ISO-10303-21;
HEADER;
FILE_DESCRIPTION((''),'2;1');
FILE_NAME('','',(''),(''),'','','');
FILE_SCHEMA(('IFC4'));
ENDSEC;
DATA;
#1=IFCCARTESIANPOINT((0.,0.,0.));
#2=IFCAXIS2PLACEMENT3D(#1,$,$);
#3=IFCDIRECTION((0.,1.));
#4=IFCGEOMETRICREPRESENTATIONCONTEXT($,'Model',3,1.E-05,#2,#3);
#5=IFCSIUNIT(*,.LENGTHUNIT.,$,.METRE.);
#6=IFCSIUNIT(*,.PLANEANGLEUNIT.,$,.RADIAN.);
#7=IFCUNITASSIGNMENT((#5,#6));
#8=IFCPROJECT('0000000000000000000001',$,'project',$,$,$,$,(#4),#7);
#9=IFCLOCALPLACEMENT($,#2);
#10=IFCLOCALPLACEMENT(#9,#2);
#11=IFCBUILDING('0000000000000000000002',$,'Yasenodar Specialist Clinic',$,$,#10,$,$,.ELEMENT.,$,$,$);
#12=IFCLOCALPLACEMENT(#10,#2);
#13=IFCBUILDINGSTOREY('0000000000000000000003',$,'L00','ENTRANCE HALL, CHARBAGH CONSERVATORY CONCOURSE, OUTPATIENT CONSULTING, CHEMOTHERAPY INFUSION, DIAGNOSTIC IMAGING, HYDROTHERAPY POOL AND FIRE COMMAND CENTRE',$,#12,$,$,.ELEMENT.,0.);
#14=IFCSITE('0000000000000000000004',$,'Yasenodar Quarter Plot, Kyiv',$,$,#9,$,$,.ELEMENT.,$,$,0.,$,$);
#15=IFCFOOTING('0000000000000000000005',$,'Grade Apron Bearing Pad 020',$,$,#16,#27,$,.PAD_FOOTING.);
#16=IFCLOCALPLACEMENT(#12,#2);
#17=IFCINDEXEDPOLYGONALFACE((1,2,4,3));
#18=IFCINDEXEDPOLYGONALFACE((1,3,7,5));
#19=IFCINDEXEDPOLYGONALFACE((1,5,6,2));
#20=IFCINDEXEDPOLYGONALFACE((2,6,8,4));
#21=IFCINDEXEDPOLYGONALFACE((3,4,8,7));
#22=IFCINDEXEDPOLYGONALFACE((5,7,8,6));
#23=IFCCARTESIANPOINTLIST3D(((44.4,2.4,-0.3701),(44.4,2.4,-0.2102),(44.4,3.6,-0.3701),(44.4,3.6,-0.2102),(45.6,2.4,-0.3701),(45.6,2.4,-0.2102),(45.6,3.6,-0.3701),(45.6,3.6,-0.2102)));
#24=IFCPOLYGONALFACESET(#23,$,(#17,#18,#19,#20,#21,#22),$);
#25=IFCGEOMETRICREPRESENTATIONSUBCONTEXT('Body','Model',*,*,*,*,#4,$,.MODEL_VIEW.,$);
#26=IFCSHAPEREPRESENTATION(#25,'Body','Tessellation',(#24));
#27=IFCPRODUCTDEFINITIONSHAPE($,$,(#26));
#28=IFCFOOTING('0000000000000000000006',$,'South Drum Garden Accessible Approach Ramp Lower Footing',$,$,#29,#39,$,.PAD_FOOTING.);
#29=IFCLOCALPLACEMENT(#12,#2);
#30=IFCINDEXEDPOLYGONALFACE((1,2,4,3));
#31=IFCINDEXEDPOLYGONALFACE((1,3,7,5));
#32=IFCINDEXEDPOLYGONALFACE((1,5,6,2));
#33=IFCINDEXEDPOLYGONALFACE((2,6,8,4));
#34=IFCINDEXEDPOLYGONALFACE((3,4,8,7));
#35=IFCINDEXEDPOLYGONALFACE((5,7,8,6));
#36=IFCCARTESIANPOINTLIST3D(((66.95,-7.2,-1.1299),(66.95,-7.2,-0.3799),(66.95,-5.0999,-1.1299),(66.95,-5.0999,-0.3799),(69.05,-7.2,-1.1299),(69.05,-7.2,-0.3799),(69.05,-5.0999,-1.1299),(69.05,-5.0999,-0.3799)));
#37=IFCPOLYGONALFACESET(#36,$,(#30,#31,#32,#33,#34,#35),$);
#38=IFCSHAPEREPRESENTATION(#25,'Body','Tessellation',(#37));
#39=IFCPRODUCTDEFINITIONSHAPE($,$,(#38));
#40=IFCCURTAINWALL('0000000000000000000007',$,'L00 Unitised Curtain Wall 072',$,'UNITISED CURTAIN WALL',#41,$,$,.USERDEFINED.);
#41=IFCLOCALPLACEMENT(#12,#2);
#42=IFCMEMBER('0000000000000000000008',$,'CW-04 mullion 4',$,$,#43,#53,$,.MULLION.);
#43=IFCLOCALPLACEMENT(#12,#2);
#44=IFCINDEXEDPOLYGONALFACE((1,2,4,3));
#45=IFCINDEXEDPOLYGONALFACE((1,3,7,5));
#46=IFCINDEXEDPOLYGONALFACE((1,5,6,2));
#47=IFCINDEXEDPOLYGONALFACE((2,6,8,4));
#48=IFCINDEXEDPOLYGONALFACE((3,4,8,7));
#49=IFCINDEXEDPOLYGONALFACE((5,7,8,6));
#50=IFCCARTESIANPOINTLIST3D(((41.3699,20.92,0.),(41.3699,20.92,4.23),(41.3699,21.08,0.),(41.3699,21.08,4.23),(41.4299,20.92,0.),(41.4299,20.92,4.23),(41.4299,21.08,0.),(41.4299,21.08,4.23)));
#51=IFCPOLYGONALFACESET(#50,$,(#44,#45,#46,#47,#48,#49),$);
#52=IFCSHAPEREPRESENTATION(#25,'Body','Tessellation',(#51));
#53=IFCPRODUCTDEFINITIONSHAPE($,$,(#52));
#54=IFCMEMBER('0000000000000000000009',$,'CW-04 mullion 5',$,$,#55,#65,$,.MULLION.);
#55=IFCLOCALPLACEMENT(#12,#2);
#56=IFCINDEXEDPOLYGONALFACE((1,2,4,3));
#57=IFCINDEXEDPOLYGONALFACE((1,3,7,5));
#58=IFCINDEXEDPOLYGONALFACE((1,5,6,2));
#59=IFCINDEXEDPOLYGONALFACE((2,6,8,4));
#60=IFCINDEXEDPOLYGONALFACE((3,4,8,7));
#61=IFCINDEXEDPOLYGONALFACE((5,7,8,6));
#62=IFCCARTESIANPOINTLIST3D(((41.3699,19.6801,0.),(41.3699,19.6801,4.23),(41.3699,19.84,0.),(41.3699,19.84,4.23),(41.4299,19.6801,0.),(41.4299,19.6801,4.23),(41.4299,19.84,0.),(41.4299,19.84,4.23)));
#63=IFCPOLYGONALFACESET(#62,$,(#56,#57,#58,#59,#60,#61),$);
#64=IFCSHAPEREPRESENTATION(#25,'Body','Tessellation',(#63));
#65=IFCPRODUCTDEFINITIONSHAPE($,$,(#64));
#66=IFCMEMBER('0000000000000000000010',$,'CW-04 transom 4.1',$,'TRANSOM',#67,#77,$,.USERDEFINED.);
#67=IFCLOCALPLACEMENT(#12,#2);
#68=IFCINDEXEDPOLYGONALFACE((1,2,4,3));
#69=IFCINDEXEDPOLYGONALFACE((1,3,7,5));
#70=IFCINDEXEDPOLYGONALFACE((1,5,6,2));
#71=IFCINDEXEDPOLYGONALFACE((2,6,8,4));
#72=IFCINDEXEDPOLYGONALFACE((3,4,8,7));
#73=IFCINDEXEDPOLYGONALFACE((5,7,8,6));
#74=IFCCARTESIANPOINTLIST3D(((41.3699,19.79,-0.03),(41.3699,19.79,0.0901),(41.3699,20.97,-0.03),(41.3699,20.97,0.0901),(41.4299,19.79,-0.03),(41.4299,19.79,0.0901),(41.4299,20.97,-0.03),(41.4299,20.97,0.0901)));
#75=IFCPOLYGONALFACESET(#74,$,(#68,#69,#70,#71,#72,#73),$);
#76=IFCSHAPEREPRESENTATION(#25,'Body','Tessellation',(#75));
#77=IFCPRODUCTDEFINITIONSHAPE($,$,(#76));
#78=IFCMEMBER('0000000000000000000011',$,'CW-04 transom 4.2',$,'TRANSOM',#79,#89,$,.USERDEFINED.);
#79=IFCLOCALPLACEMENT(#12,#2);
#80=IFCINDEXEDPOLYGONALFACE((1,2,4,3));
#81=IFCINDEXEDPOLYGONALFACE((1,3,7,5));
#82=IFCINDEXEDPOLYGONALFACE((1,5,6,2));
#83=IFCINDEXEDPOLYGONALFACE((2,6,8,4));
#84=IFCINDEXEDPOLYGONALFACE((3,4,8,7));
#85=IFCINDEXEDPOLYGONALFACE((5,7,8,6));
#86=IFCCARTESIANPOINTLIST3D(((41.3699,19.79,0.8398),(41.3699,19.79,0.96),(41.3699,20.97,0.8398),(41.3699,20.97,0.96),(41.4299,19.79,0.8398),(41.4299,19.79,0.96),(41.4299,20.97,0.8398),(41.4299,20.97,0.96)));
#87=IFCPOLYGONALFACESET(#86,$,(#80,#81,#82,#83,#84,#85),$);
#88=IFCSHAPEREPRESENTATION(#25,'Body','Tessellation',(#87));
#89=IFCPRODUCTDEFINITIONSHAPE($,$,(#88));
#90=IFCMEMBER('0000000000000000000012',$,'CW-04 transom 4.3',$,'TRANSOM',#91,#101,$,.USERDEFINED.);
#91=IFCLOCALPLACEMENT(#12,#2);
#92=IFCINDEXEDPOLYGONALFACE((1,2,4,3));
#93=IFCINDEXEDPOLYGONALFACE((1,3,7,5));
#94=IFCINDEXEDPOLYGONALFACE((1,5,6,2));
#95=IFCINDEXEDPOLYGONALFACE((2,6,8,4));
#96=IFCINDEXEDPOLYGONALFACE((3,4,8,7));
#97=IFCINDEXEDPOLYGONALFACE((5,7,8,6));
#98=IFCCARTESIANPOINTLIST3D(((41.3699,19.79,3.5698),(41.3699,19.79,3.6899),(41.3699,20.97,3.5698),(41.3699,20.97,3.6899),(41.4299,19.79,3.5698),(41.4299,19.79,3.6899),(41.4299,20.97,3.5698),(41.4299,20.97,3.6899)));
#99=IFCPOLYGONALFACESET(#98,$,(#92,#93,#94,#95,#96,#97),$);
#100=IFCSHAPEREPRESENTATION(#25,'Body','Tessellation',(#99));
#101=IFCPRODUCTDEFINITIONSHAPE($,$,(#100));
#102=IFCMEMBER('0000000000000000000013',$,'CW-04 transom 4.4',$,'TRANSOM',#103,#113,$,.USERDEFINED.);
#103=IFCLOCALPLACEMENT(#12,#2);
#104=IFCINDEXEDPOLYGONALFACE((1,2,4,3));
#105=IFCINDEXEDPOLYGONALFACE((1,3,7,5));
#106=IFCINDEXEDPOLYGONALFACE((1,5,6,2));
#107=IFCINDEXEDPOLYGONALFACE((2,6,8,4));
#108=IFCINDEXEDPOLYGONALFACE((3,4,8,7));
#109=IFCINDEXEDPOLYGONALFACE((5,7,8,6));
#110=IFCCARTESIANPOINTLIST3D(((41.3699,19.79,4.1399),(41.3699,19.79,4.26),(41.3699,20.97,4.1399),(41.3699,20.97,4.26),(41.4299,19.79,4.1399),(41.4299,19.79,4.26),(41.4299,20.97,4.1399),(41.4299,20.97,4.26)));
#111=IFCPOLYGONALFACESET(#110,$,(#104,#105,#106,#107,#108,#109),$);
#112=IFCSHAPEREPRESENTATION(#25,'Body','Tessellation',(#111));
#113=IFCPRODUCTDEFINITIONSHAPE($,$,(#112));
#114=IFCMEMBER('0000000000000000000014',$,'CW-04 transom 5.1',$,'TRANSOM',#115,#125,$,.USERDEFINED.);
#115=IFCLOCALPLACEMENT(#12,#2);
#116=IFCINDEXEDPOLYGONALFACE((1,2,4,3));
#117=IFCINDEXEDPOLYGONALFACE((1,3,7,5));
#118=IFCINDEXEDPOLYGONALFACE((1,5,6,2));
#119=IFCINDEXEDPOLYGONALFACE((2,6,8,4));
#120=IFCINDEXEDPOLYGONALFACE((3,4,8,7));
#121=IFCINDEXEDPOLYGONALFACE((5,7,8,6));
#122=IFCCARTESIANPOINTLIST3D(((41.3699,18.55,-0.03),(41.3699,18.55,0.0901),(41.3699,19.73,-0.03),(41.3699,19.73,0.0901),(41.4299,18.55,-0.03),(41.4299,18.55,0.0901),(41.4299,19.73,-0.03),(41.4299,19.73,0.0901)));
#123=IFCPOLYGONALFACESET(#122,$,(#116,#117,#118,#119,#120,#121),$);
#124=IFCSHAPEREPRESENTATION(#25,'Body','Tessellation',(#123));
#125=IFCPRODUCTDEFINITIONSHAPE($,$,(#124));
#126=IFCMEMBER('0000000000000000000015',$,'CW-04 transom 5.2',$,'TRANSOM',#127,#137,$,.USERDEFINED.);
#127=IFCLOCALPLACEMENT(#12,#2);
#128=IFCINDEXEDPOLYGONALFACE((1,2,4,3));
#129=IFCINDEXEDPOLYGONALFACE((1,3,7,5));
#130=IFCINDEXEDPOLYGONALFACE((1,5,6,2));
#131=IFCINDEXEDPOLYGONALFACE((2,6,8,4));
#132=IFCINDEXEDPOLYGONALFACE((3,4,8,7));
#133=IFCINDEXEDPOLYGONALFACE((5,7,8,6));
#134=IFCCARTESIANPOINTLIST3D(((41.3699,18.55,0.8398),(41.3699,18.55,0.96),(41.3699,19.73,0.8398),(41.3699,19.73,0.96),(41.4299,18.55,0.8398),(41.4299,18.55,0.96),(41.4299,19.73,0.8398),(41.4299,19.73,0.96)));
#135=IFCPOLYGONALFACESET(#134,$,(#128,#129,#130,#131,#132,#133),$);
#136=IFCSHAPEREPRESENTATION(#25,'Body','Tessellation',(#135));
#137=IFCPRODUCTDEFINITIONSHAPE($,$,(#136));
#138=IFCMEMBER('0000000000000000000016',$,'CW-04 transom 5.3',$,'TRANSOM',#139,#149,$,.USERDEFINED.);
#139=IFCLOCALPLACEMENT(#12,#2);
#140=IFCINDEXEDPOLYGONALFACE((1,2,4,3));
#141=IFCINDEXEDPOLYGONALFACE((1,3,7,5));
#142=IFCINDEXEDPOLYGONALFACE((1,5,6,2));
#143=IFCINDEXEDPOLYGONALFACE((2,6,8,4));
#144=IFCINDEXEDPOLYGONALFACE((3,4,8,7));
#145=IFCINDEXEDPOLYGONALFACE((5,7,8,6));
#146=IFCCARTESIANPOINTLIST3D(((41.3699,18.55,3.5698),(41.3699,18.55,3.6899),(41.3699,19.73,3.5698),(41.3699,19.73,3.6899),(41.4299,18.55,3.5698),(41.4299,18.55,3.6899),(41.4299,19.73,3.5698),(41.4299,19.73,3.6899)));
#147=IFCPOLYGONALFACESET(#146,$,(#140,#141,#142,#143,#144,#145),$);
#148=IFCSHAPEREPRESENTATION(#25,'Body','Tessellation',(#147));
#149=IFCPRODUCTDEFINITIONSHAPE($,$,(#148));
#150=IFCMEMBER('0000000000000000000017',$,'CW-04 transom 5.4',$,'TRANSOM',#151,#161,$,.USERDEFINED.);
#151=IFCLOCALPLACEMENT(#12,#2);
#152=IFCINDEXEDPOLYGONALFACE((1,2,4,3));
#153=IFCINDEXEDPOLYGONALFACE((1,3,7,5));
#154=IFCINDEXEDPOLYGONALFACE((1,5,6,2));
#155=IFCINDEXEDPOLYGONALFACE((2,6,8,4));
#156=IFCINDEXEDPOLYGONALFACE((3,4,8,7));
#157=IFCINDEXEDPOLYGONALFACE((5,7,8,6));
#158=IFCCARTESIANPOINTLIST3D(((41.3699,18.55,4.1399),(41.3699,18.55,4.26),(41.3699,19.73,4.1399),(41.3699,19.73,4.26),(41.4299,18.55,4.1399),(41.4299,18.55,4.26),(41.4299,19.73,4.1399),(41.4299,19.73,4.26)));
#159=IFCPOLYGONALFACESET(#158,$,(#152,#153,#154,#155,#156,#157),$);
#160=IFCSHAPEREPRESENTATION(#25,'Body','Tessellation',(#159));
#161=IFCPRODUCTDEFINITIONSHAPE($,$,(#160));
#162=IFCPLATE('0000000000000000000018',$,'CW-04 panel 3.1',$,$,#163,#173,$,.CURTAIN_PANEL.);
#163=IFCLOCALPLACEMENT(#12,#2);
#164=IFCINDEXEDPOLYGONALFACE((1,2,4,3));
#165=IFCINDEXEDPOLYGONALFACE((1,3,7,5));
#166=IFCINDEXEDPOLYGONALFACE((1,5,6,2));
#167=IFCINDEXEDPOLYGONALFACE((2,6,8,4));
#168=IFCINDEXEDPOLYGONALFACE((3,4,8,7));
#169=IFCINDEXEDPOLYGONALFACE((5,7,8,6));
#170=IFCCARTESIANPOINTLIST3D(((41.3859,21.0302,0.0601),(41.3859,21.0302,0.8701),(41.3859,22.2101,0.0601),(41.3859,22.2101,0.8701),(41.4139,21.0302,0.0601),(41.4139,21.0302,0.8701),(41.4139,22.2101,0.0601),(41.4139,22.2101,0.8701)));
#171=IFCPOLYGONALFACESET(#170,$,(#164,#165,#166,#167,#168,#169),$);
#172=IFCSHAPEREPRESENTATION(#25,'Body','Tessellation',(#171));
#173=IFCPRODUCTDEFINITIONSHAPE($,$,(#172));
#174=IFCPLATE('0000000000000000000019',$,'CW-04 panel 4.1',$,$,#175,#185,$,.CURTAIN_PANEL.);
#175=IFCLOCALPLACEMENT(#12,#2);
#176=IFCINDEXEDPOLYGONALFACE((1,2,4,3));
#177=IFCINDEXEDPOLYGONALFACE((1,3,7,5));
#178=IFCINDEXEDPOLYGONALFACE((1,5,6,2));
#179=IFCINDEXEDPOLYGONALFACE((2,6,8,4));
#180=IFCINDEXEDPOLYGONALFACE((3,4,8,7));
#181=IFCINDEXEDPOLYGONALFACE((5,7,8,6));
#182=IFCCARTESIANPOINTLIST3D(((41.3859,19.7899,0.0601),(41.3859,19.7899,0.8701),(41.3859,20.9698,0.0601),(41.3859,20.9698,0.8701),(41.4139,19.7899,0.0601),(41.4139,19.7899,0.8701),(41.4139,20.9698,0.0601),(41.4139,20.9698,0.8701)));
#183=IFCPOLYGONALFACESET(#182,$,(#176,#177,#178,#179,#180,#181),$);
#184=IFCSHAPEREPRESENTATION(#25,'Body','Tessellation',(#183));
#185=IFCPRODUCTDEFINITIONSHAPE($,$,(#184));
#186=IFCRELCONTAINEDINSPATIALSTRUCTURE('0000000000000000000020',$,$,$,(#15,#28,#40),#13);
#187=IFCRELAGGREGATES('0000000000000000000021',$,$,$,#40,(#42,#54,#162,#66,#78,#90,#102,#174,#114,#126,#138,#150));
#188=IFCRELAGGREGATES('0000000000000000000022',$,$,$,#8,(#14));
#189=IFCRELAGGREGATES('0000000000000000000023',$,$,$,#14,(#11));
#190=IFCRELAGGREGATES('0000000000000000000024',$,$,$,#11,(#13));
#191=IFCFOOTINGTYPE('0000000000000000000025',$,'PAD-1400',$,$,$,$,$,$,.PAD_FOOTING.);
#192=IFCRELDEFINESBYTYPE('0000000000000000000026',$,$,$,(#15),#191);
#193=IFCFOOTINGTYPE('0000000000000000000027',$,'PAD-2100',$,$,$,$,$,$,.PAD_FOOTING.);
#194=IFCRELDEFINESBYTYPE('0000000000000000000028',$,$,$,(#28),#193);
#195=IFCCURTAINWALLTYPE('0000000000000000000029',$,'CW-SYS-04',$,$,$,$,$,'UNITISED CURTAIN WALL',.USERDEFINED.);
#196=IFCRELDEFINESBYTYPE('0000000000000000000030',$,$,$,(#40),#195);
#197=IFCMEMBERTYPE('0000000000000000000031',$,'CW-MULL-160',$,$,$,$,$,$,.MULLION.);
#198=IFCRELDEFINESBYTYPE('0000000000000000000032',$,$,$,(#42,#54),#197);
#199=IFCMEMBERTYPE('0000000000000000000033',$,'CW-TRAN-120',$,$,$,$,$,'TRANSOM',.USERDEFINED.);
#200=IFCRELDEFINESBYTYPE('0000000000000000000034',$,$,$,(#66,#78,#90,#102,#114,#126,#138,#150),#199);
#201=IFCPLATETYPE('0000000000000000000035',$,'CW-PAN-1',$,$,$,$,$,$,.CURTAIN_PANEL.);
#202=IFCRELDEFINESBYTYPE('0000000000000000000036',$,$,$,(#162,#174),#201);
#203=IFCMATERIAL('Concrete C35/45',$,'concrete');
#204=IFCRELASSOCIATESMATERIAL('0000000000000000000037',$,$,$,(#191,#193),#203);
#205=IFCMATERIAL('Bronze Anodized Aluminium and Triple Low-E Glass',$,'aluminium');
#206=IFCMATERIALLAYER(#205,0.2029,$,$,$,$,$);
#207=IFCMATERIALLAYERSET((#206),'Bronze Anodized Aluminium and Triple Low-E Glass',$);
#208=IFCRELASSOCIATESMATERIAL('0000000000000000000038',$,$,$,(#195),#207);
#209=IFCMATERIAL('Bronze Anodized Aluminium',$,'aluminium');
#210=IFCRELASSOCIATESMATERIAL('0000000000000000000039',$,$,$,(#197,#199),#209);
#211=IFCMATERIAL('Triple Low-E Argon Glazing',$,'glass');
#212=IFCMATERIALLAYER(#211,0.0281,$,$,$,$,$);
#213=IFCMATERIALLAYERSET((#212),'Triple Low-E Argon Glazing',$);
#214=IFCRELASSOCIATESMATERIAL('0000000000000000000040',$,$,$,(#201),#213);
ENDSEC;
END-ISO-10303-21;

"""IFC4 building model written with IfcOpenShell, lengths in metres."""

from ifc_helpers import new_model, si_unit, direction, frame, origin, origin_2d, place, context, subcontext, project, spatial, rectangle, extrude, material, layer, layer_set, material_profile, profile_set, type_object, element, aggregate, save


model = new_model("IFC4")

# Units and contexts
model_context = context("Model", 3, precision=1e-05, world=origin(), true_north=direction((0.0, 1.0)))
body_context = subcontext(model_context, "Body", "Model", "MODEL_VIEW")
ifc_project = project(units=[si_unit("LENGTHUNIT", "METRE"), si_unit("PLANEANGLEUNIT", "RADIAN")], contexts=[model_context])

# Site, building, storey
site_placement = place(None, origin())
site = spatial("IfcSite", under=ifc_project, at=site_placement, Name="Yasenodar Quarter Plot, Kyiv", CompositionType="ELEMENT", RefElevation=0.0)
building_placement = place(site_placement, origin())
building = spatial("IfcBuilding", under=site, at=building_placement, Name="Yasenodar Specialist Clinic", CompositionType="ELEMENT")
storey_placement = place(building_placement, origin())
storey = spatial("IfcBuildingStorey", under=building, at=storey_placement, Name="L00", Description="ENTRANCE HALL, CHARBAGH CONSERVATORY CONCOURSE, OUTPATIENT CONSULTING, CHEMOTHERAPY INFUSION, DIAGNOSTIC IMAGING, HYDROTHERAPY POOL AND FIRE COMMAND CENTRE", CompositionType="ELEMENT", Elevation=0.0)

# Footings
ifc_material_1 = material(Name="Concrete C35/45", Category="concrete")
footing_type_1 = type_object("IfcFootingType", Name="PAD-1400", PredefinedType="PAD_FOOTING", material=ifc_material_1)
footing_1_placement = place(storey_placement, frame((45.0, 3.0, -0.3701), z_axis=(0.0, 0.0, 1.0), x_axis=(1.0, 0.0, 0.0)))
element("IfcFooting", 1, at=footing_1_placement, inside=storey, type_object=footing_type_1, Name="Grade Apron Bearing Pad 020", PredefinedType="PAD_FOOTING", context=body_context, shape_type="SweptSolid", body=[
    extrude(rectangle(XDim=1.2, YDim=1.2, at=origin_2d()), origin(), (0.0, 0.0, 1.0), 0.1599),
])
footing_type_2 = type_object("IfcFootingType", Name="PAD-2100", PredefinedType="PAD_FOOTING", material=ifc_material_1)
footing_2_placement = place(storey_placement, frame((68.0, -6.1499, -1.1299), z_axis=(0.0, 0.0, 1.0), x_axis=(1.0, 0.0, 0.0)))
element("IfcFooting", 2, at=footing_2_placement, inside=storey, type_object=footing_type_2, Name="South Drum Garden Accessible Approach Ramp Lower Footing", PredefinedType="PAD_FOOTING", context=body_context, shape_type="SweptSolid", body=[
    extrude(rectangle(XDim=2.1001, YDim=2.1001, at=origin_2d()), origin(), (0.0, 0.0, 1.0), 0.75),
])

# Curtain wall, members, plates
ifc_material_2 = material(Name="Bronze Anodized Aluminium and Triple Low-E Glass", Category="aluminium")
ifc_layer_1 = layer(ifc_material_2, 0.2029)
ifc_layer_set_1 = layer_set([ifc_layer_1], Name="Bronze Anodized Aluminium and Triple Low-E Glass")
curtain_wall_type = type_object("IfcCurtainWallType", Name="CW-SYS-04", ElementType="UNITISED CURTAIN WALL", PredefinedType="USERDEFINED", material=ifc_layer_set_1)
curtain_wall_placement = place(storey_placement, origin())
curtain_wall = element("IfcCurtainWall", 3, at=curtain_wall_placement, inside=storey, type_object=curtain_wall_type, Name="L00 Unitised Curtain Wall 072", ObjectType="UNITISED CURTAIN WALL", PredefinedType="USERDEFINED")
ifc_material_3 = material(Name="Bronze Anodized Aluminium", Category="aluminium")
ifc_material_profile_1 = material_profile(ifc_material_3, rectangle(XDim=0.0601, YDim=0.1599, at=origin_2d()), Name="CW-MULL 60x160")
ifc_profile_set_1 = profile_set([ifc_material_profile_1], Name="Bronze Anodized Aluminium")
member_type_1 = type_object("IfcMemberType", Name="CW-MULL-160", PredefinedType="MULLION", material=ifc_profile_set_1)
member_1_placement = place(storey_placement, frame((41.3999, 21.0, 0.0), z_axis=(0.0, 0.0, 1.0), x_axis=(1.0, 0.0, 0.0)))
member_1 = element("IfcMember", 4, at=member_1_placement, type_object=member_type_1, Name="CW-04 mullion 4", PredefinedType="MULLION", context=body_context, shape_type="SweptSolid", body=[
    extrude(rectangle(XDim=0.0601, YDim=0.1599, at=origin_2d()), origin(), (0.0, 0.0, 1.0), 4.23),
])
member_2_placement = place(storey_placement, frame((41.3999, 19.76, 0.0), z_axis=(0.0, 0.0, 1.0), x_axis=(1.0, 0.0, 0.0)))
member_2 = element("IfcMember", 5, at=member_2_placement, type_object=member_type_1, Name="CW-04 mullion 5", PredefinedType="MULLION", context=body_context, shape_type="SweptSolid", body=[
    extrude(rectangle(XDim=0.0601, YDim=0.1599, at=origin_2d()), origin(), (0.0, 0.0, 1.0), 4.23),
])
ifc_material_profile_2 = material_profile(ifc_material_3, rectangle(XDim=0.0601, YDim=0.1201, at=origin_2d()), Name="CW-TRAN 60x120")
ifc_profile_set_2 = profile_set([ifc_material_profile_2], Name="Bronze Anodized Aluminium")
member_type_2 = type_object("IfcMemberType", Name="CW-TRAN-120", ElementType="TRANSOM", PredefinedType="USERDEFINED", material=ifc_profile_set_2)
member_3_placement = place(storey_placement, frame((41.3999, 20.97, 0.03), z_axis=(0.0, -1.0, 0.0), x_axis=(1.0, 0.0, 0.0)))
member_3 = element("IfcMember", 6, at=member_3_placement, type_object=member_type_2, Name="CW-04 transom 4.1", ObjectType="TRANSOM", PredefinedType="USERDEFINED", context=body_context, shape_type="SweptSolid", body=[
    extrude(rectangle(XDim=0.0601, YDim=0.1201, at=origin_2d()), origin(), (0.0, 0.0, 1.0), 1.1799),
])
member_4_placement = place(storey_placement, frame((41.3999, 20.97, 0.8999), z_axis=(0.0, -1.0, 0.0), x_axis=(1.0, 0.0, 0.0)))
member_4 = element("IfcMember", 7, at=member_4_placement, type_object=member_type_2, Name="CW-04 transom 4.2", ObjectType="TRANSOM", PredefinedType="USERDEFINED", context=body_context, shape_type="SweptSolid", body=[
    extrude(rectangle(XDim=0.0601, YDim=0.1201, at=origin_2d()), origin(), (0.0, 0.0, 1.0), 1.1799),
])
member_5_placement = place(storey_placement, frame((41.3999, 20.97, 3.6299), z_axis=(0.0, -1.0, 0.0), x_axis=(1.0, 0.0, 0.0)))
member_5 = element("IfcMember", 8, at=member_5_placement, type_object=member_type_2, Name="CW-04 transom 4.3", ObjectType="TRANSOM", PredefinedType="USERDEFINED", context=body_context, shape_type="SweptSolid", body=[
    extrude(rectangle(XDim=0.0601, YDim=0.1201, at=origin_2d()), origin(), (0.0, 0.0, 1.0), 1.1799),
])
member_6_placement = place(storey_placement, frame((41.3999, 20.97, 4.2), z_axis=(0.0, -1.0, 0.0), x_axis=(1.0, 0.0, 0.0)))
member_6 = element("IfcMember", 9, at=member_6_placement, type_object=member_type_2, Name="CW-04 transom 4.4", ObjectType="TRANSOM", PredefinedType="USERDEFINED", context=body_context, shape_type="SweptSolid", body=[
    extrude(rectangle(XDim=0.0601, YDim=0.1201, at=origin_2d()), origin(), (0.0, 0.0, 1.0), 1.1799),
])
member_7_placement = place(storey_placement, frame((41.3999, 19.73, 0.03), z_axis=(0.0, -1.0, 0.0), x_axis=(1.0, 0.0, 0.0)))
member_7 = element("IfcMember", 10, at=member_7_placement, type_object=member_type_2, Name="CW-04 transom 5.1", ObjectType="TRANSOM", PredefinedType="USERDEFINED", context=body_context, shape_type="SweptSolid", body=[
    extrude(rectangle(XDim=0.0601, YDim=0.1201, at=origin_2d()), origin(), (0.0, 0.0, 1.0), 1.1799),
])
member_8_placement = place(storey_placement, frame((41.3999, 19.73, 0.8999), z_axis=(0.0, -1.0, 0.0), x_axis=(1.0, 0.0, 0.0)))
member_8 = element("IfcMember", 11, at=member_8_placement, type_object=member_type_2, Name="CW-04 transom 5.2", ObjectType="TRANSOM", PredefinedType="USERDEFINED", context=body_context, shape_type="SweptSolid", body=[
    extrude(rectangle(XDim=0.0601, YDim=0.1201, at=origin_2d()), origin(), (0.0, 0.0, 1.0), 1.1799),
])
member_9_placement = place(storey_placement, frame((41.3999, 19.73, 3.6299), z_axis=(0.0, -1.0, 0.0), x_axis=(1.0, 0.0, 0.0)))
member_9 = element("IfcMember", 12, at=member_9_placement, type_object=member_type_2, Name="CW-04 transom 5.3", ObjectType="TRANSOM", PredefinedType="USERDEFINED", context=body_context, shape_type="SweptSolid", body=[
    extrude(rectangle(XDim=0.0601, YDim=0.1201, at=origin_2d()), origin(), (0.0, 0.0, 1.0), 1.1799),
])
member_10_placement = place(storey_placement, frame((41.3999, 19.73, 4.2), z_axis=(0.0, -1.0, 0.0), x_axis=(1.0, 0.0, 0.0)))
member_10 = element("IfcMember", 13, at=member_10_placement, type_object=member_type_2, Name="CW-04 transom 5.4", ObjectType="TRANSOM", PredefinedType="USERDEFINED", context=body_context, shape_type="SweptSolid", body=[
    extrude(rectangle(XDim=0.0601, YDim=0.1201, at=origin_2d()), origin(), (0.0, 0.0, 1.0), 1.1799),
])
ifc_material_4 = material(Name="Triple Low-E Argon Glazing", Category="glass")
ifc_layer_2 = layer(ifc_material_4, 0.0281)
ifc_layer_set_2 = layer_set([ifc_layer_2], Name="Triple Low-E Argon Glazing")
plate_type = type_object("IfcPlateType", Name="CW-PAN-1", PredefinedType="CURTAIN_PANEL", material=ifc_layer_set_2)
plate_1_placement = place(storey_placement, frame((41.3999, 21.6201, 0.0601), z_axis=(0.0, 0.0, 1.0), x_axis=(0.0, -1.0, 0.0)))
plate_1 = element("IfcPlate", 14, at=plate_1_placement, type_object=plate_type, Name="CW-04 panel 3.1", PredefinedType="CURTAIN_PANEL", context=body_context, shape_type="SweptSolid", body=[
    extrude(rectangle(XDim=1.1799, YDim=0.0281, at=origin_2d()), origin(), (0.0, 0.0, 1.0), 0.8101),
])
plate_2_placement = place(storey_placement, frame((41.3999, 20.3799, 0.0601), z_axis=(0.0, 0.0, 1.0), x_axis=(0.0, -1.0, 0.0)))
plate_2 = element("IfcPlate", 15, at=plate_2_placement, type_object=plate_type, Name="CW-04 panel 4.1", PredefinedType="CURTAIN_PANEL", context=body_context, shape_type="SweptSolid", body=[
    extrude(rectangle(XDim=1.1799, YDim=0.0281, at=origin_2d()), origin(), (0.0, 0.0, 1.0), 0.8101),
])
aggregate(curtain_wall, [member_1, member_2, plate_1, member_3, member_4, member_5, member_6, plate_2, member_7, member_8, member_9, member_10])

save(model, "model.ifc")
